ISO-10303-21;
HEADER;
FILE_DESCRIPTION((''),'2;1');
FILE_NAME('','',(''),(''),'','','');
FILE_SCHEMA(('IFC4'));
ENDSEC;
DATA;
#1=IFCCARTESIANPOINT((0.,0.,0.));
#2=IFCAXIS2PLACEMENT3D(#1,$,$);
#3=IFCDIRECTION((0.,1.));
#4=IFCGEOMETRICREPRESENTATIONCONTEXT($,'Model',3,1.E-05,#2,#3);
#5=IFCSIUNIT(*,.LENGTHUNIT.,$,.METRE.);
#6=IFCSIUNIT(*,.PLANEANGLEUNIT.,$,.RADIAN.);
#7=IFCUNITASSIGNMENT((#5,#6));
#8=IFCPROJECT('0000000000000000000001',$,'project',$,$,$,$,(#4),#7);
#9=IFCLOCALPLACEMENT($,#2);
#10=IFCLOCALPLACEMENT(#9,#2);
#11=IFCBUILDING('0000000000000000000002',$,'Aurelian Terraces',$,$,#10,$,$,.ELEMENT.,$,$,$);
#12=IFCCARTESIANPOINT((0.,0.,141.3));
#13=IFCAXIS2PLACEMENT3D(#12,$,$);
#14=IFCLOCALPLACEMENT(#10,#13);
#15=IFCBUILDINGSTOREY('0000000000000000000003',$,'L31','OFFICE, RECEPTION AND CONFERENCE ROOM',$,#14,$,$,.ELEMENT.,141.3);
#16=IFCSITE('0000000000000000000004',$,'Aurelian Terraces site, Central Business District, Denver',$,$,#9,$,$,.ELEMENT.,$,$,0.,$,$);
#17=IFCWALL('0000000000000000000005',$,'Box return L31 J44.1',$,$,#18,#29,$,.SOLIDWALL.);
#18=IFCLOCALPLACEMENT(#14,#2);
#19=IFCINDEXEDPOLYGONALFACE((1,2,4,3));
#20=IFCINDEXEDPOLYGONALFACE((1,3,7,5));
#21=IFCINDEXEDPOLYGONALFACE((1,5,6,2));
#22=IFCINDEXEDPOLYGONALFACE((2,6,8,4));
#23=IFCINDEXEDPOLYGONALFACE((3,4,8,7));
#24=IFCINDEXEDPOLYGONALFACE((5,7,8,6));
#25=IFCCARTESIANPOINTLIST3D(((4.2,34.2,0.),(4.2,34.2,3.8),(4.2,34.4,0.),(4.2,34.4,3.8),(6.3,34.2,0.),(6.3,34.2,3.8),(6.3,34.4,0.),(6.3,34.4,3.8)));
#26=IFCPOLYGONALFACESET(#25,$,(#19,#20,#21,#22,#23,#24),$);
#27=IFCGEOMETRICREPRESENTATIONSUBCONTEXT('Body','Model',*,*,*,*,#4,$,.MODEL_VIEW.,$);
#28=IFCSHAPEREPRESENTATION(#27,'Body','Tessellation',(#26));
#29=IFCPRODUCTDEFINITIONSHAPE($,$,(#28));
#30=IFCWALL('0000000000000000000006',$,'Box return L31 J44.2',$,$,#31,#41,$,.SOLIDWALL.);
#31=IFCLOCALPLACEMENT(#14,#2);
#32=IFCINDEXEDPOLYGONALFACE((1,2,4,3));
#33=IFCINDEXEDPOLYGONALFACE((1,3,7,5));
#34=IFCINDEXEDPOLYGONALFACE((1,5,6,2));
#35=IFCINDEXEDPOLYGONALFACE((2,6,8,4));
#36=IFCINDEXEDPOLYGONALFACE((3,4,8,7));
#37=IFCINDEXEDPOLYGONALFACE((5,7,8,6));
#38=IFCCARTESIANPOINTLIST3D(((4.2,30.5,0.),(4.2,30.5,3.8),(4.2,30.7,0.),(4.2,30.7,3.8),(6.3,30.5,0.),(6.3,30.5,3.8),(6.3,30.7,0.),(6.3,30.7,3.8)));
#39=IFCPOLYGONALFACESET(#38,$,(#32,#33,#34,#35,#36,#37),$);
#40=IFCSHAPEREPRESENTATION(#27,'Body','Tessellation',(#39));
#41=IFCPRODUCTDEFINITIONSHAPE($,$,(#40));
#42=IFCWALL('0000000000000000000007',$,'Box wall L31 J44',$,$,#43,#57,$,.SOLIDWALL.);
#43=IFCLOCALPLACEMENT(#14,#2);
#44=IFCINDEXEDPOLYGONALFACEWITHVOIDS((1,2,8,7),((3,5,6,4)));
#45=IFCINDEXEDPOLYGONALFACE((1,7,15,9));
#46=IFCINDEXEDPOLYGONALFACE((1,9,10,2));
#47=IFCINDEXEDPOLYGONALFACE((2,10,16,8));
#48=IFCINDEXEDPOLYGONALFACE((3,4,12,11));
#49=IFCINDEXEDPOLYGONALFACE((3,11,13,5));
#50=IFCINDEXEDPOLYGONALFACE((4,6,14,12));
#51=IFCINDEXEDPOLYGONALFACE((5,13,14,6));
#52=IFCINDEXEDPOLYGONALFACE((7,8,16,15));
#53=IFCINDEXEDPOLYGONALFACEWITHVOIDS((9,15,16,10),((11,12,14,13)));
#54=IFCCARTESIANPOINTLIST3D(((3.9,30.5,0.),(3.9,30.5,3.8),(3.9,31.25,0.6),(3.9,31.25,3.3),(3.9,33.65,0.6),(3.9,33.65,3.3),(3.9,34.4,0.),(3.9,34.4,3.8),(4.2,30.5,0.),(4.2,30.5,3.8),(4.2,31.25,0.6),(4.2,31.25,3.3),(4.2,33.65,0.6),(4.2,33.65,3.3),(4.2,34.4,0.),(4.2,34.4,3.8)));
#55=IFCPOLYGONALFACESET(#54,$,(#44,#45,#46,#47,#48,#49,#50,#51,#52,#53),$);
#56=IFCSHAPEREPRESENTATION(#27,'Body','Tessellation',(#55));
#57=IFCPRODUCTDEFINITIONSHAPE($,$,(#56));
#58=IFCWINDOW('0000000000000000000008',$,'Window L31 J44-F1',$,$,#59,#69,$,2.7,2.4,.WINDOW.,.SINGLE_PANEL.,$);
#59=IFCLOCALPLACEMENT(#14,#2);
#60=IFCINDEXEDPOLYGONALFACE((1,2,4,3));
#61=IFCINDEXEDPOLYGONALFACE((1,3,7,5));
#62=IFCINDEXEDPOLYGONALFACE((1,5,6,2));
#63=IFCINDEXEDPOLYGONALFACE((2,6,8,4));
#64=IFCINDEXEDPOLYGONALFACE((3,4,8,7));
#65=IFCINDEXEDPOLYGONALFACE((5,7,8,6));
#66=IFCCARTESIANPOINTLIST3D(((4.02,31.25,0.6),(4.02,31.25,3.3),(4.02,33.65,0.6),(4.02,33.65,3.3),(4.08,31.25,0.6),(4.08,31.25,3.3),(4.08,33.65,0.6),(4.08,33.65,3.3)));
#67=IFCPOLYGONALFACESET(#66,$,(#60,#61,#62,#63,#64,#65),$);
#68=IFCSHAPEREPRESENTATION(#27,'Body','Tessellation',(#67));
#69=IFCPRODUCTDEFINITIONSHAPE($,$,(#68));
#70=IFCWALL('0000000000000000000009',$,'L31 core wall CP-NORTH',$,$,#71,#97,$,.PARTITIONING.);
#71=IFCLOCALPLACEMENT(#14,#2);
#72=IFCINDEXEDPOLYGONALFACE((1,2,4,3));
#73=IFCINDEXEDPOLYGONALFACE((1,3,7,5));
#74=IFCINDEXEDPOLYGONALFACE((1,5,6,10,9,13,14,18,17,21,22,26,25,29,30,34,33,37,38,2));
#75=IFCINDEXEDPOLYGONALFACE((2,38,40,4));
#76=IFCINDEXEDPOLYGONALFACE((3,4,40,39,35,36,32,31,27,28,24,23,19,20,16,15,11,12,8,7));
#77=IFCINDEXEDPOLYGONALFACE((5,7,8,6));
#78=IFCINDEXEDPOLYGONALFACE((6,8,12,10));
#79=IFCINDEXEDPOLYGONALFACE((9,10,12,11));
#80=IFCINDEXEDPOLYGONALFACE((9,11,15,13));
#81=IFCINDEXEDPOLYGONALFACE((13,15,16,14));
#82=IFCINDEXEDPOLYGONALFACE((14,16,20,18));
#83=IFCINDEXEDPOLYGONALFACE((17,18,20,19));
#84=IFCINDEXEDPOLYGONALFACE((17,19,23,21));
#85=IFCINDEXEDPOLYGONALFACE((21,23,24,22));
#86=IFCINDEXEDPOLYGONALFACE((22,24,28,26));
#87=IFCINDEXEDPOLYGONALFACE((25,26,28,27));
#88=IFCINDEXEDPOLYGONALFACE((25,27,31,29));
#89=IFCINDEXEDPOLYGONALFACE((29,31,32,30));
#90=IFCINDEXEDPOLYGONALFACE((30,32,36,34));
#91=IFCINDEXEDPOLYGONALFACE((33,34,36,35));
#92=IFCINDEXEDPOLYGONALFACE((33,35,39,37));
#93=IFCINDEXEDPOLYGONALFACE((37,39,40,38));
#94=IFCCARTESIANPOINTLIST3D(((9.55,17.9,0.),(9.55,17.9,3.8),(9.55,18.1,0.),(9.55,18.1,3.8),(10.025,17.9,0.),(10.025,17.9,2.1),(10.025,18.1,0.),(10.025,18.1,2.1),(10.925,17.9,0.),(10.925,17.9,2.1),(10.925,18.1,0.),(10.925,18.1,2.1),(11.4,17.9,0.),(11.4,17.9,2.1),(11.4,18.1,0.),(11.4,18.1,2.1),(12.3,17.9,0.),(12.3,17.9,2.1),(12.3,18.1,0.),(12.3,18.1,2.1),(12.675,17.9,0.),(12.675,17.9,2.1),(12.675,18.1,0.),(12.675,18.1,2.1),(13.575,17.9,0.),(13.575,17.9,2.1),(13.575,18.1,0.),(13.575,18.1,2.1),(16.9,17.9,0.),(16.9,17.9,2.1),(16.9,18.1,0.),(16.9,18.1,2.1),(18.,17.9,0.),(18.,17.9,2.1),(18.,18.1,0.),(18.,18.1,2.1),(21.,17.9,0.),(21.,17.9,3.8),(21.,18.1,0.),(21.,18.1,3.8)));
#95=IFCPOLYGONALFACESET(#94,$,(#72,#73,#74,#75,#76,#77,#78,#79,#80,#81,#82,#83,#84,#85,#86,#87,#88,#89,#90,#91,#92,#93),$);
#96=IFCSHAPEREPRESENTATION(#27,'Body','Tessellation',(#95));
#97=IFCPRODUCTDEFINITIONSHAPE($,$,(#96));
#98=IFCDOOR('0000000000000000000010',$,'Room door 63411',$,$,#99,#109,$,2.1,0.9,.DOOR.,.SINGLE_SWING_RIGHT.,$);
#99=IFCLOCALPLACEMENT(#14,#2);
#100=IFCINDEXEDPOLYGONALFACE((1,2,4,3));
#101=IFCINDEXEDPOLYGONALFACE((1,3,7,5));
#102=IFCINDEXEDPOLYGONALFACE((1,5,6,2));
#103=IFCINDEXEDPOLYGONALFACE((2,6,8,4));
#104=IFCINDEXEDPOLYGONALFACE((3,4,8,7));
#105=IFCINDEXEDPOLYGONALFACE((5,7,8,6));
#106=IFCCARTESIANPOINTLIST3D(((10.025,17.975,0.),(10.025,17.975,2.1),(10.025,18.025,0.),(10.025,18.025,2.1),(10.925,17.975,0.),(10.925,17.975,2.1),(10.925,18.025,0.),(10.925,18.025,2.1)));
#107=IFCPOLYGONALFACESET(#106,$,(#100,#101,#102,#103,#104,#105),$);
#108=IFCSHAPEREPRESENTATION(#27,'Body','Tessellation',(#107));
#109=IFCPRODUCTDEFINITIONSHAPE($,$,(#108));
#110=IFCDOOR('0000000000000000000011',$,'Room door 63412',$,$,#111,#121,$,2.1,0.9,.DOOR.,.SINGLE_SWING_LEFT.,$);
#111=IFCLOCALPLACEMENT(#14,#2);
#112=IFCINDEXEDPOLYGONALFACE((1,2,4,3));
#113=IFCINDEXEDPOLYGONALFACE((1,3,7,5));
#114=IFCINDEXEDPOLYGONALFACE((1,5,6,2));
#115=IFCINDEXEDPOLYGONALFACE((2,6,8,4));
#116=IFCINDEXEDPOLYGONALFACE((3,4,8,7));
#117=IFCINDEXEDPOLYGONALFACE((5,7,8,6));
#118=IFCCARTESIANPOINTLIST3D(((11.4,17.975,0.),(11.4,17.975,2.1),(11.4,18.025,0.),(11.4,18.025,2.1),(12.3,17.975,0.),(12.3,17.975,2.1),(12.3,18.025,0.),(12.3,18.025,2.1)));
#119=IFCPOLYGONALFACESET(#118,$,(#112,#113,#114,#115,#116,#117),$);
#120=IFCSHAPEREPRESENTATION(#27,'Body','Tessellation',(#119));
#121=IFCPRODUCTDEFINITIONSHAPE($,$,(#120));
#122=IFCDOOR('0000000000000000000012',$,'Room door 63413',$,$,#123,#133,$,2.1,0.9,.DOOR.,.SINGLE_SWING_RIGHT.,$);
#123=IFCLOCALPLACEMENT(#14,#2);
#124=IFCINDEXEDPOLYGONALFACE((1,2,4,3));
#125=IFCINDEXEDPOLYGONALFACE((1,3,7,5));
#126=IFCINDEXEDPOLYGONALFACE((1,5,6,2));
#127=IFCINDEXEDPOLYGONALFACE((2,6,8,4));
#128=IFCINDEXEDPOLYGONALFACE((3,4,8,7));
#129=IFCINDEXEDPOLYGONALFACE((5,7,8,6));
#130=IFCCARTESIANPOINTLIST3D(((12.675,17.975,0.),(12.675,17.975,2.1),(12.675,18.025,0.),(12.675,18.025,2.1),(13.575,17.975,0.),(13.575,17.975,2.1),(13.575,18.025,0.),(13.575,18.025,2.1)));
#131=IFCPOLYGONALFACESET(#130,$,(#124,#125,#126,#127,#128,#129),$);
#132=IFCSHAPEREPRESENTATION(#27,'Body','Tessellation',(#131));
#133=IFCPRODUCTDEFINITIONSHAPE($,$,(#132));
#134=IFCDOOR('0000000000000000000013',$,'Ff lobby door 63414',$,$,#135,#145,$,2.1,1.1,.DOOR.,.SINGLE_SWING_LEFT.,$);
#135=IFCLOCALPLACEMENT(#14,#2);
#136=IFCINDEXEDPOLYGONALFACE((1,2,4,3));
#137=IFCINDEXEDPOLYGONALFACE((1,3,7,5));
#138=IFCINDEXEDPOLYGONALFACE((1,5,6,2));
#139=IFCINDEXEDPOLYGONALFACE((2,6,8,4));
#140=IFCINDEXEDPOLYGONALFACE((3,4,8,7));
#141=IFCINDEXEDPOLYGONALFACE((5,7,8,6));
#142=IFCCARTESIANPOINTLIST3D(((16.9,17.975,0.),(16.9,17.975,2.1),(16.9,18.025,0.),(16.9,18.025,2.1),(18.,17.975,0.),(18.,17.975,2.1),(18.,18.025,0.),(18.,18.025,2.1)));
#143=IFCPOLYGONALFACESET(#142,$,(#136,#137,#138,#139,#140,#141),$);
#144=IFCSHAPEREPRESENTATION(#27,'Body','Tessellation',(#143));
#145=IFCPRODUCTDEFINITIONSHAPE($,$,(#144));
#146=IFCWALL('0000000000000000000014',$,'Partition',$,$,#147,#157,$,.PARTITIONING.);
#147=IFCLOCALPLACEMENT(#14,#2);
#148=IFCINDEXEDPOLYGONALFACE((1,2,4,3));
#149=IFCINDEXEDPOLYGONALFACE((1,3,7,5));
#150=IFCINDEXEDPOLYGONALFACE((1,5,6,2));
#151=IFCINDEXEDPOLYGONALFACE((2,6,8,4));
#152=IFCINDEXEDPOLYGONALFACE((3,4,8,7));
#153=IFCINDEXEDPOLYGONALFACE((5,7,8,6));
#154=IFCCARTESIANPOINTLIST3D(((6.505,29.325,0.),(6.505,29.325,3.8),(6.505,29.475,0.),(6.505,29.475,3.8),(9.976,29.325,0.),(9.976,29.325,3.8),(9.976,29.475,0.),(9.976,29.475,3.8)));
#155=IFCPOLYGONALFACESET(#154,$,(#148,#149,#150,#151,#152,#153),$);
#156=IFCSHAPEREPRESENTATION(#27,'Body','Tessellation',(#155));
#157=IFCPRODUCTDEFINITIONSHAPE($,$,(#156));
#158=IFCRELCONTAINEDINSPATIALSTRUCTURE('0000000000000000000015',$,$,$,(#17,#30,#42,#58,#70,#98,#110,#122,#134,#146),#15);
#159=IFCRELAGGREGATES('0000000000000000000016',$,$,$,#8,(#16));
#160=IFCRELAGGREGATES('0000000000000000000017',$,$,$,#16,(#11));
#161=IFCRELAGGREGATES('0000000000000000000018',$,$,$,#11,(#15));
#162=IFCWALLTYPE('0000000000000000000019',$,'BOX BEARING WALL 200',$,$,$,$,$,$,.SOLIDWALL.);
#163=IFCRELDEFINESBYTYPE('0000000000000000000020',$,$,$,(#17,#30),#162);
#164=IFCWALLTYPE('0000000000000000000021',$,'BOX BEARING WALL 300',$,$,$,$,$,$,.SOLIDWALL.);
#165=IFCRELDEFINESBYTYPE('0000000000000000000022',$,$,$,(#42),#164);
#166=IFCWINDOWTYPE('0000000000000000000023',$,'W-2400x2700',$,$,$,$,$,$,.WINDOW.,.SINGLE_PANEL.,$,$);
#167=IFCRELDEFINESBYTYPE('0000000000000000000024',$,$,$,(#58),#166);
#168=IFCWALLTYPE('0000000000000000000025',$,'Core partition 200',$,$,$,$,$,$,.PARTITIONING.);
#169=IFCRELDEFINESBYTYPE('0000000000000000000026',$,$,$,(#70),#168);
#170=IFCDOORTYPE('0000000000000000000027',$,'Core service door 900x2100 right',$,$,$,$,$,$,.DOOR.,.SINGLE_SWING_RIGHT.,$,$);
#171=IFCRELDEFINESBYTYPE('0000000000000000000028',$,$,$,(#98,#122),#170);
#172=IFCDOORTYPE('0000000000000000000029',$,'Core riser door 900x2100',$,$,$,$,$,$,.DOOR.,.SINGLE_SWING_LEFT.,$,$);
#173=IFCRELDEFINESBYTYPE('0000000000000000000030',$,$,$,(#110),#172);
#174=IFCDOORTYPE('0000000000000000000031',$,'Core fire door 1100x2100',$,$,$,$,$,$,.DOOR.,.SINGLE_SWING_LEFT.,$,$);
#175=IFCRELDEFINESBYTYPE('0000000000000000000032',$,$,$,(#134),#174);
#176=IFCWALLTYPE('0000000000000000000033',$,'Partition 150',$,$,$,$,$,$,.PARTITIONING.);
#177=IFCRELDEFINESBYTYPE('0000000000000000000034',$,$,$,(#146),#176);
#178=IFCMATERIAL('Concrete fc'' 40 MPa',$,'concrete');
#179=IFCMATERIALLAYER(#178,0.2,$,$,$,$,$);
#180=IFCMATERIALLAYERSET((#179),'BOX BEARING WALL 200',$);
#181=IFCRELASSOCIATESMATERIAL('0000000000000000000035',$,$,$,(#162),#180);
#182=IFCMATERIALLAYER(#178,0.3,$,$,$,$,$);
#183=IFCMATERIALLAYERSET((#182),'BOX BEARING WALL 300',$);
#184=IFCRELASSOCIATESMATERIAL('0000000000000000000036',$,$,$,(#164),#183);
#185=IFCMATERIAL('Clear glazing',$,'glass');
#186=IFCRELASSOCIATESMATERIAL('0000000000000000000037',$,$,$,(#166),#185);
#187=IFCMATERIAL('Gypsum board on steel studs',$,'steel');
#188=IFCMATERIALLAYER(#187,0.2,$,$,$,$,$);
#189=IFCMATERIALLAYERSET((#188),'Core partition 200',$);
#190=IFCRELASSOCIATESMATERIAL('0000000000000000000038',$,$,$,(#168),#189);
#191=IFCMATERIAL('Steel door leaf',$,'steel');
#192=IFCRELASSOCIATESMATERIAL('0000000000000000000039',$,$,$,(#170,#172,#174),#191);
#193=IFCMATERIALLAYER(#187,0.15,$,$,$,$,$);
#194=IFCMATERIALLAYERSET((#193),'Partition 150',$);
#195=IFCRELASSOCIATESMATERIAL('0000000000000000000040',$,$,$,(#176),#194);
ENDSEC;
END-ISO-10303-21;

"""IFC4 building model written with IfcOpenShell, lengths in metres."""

from ifc_helpers import new_model, si_unit, direction, frame, frame_2d, origin, place, context, subcontext, project, spatial, rectangle, extrude, source, transform, mapped, material, layer, layer_set, type_object, element, fill, save


model = new_model("IFC4")

# Units and contexts
model_context = context("Model", 3, precision=1e-05, world=origin(), true_north=direction((0.0, 1.0)))
body_context = subcontext(model_context, "Body", "Model", "MODEL_VIEW")
ifc_project = project(units=[si_unit("LENGTHUNIT", "METRE"), si_unit("PLANEANGLEUNIT", "RADIAN")], contexts=[model_context])

# Site, building, storey
site_placement = place(None, origin())
site = spatial("IfcSite", under=ifc_project, at=site_placement, Name="Aurelian Terraces site, Central Business District, Denver", CompositionType="ELEMENT", RefElevation=0.0)
building_placement = place(site_placement, origin())
building = spatial("IfcBuilding", under=site, at=building_placement, Name="Aurelian Terraces", CompositionType="ELEMENT")
storey_placement = place(building_placement, frame((0.0, 0.0, 141.3)))
storey = spatial("IfcBuildingStorey", under=building, at=storey_placement, Name="L31", Description="OFFICE, RECEPTION AND CONFERENCE ROOM", CompositionType="ELEMENT", Elevation=141.3)

# Shared definitions
ifc_material_1 = material(Name="Steel door leaf", Category="steel")
ifc_material_2 = material(Name="Clear glazing", Category="glass")

# Walls
ifc_material_3 = material(Name="Concrete fc' 40 MPa", Category="concrete")
ifc_layer_1 = layer(ifc_material_3, 0.2)
ifc_layer_set_1 = layer_set([ifc_layer_1], Name="BOX BEARING WALL 200")
wall_type_1 = type_object("IfcWallType", Name="BOX BEARING WALL 200", PredefinedType="SOLIDWALL", material=ifc_layer_set_1)
shared_shape_1 = source(origin(), body_context, "Body", "SweptSolid", [
    extrude(rectangle(XDim=2.1, YDim=0.2, at=frame_2d((1.05, 0.0))), origin(), (0.0, 0.0, 1.0), 3.8),
])
for number, where, z_axis, x_axis, name in (
    (1, (6.3, 34.3, 0.0), (0.0, 0.0, 1.0), (-1.0, 0.0, 0.0), "Box return L31 J44.1"),
    (2, (6.3, 30.6, 0.0), (0.0, 0.0, 1.0), (-1.0, 0.0, 0.0), "Box return L31 J44.2"),
):
    element("IfcWall", number, at=place(storey_placement, frame(where, z_axis=z_axis, x_axis=x_axis)), inside=storey, type_object=wall_type_1, Name=name, PredefinedType="SOLIDWALL", context=body_context, shape_type="MappedRepresentation", body=[
        mapped(shared_shape_1, transform((0.0, 0.0, 0.0), scale=1.0)),
    ])

# Wall, opening, window
ifc_layer_2 = layer(ifc_material_3, 0.3)
ifc_layer_set_2 = layer_set([ifc_layer_2], Name="BOX BEARING WALL 300")
wall_type_2 = type_object("IfcWallType", Name="BOX BEARING WALL 300", PredefinedType="SOLIDWALL", material=ifc_layer_set_2)
shared_shape_2 = source(origin(), body_context, "Body", "SweptSolid", [
    extrude(rectangle(XDim=3.9, YDim=0.3, at=frame_2d((1.95, 0.0))), origin(), (0.0, 0.0, 1.0), 3.8),
])
wall_1_placement = place(storey_placement, frame((4.05, 34.4, 0.0), z_axis=(0.0, 0.0, 1.0), x_axis=(0.0, -1.0, 0.0)))
wall_1 = element("IfcWall", 3, at=wall_1_placement, inside=storey, type_object=wall_type_2, Name="Box wall L31 J44", PredefinedType="SOLIDWALL", context=body_context, shape_type="MappedRepresentation", body=[
    mapped(shared_shape_2, transform((0.0, 0.0, 0.0), scale=1.0)),
])
shared_shape_3 = source(origin(), body_context, "Body", "SweptSolid", [
    extrude(rectangle(XDim=2.4, YDim=2.7, at=frame_2d((1.2, 1.35))), frame((0.0, 0.16, 0.0), z_axis=(0.0, -1.0, 0.0), x_axis=(1.0, 0.0, 0.0)), (0.0, 0.0, 1.0), 0.32),
])
opening_1_placement = place(wall_1_placement, frame((0.75, 0.0, 0.6)))
opening_1 = element("IfcOpeningElement", 4, at=opening_1_placement, cuts=wall_1, PredefinedType="OPENING", context=body_context, shape_type="MappedRepresentation", body=[
    mapped(shared_shape_3, transform((0.0, 0.0, 0.0), scale=1.0)),
])
window_type_1 = type_object("IfcWindowType", Name="W-2400x2700", PartitioningType="SINGLE_PANEL", PredefinedType="WINDOW", material=ifc_material_2)
shared_shape_4 = source(origin(), body_context, "Body", "SweptSolid", [
    extrude(rectangle(XDim=2.4, YDim=2.7, at=frame_2d((1.2, 1.35))), frame((0.0, 0.03, 0.0), z_axis=(0.0, -1.0, 0.0), x_axis=(1.0, 0.0, 0.0)), (0.0, 0.0, 1.0), 0.06),
])
window_1_placement = place(opening_1_placement, origin())
window_1 = element("IfcWindow", 5, at=window_1_placement, inside=storey, type_object=window_type_1, Name="Window L31 J44-F1", OverallHeight=2.7, OverallWidth=2.4, PartitioningType="SINGLE_PANEL", PredefinedType="WINDOW", context=body_context, shape_type="MappedRepresentation", body=[
    mapped(shared_shape_4, transform((0.0, 0.0, 0.0), scale=1.0)),
])
fill(opening_1, window_1)

# Wall, openings, doors
ifc_material_4 = material(Name="Gypsum board on steel studs", Category="steel")
ifc_layer_3 = layer(ifc_material_4, 0.2)
ifc_layer_set_3 = layer_set([ifc_layer_3], Name="Core partition 200")
wall_type_3 = type_object("IfcWallType", Name="Core partition 200", PredefinedType="PARTITIONING", material=ifc_layer_set_3)
shared_shape_5 = source(origin(), body_context, "Body", "SweptSolid", [
    extrude(rectangle(XDim=11.45, YDim=0.2, at=frame_2d((5.725, 0.0))), origin(), (0.0, 0.0, 1.0), 3.8),
])
wall_2_placement = place(storey_placement, frame((9.55, 18.0, 0.0), z_axis=(0.0, 0.0, 1.0), x_axis=(1.0, 0.0, 0.0)))
wall_2 = element("IfcWall", 6, at=wall_2_placement, inside=storey, type_object=wall_type_3, Name="L31 core wall CP-NORTH", PredefinedType="PARTITIONING", context=body_context, shape_type="MappedRepresentation", body=[
    mapped(shared_shape_5, transform((0.0, 0.0, 0.0), scale=1.0)),
])
shared_shape_6 = source(origin(), body_context, "Body", "SweptSolid", [
    extrude(rectangle(XDim=0.9, YDim=2.1, at=frame_2d((0.45, 1.05))), frame((0.0, 0.11, 0.0), z_axis=(0.0, -1.0, 0.0), x_axis=(1.0, 0.0, 0.0)), (0.0, 0.0, 1.0), 0.22),
])
opening_2_placement = place(wall_2_placement, frame((0.475, 0.0, 0.0)))
opening_2 = element("IfcOpeningElement", 7, at=opening_2_placement, cuts=wall_2, PredefinedType="OPENING", context=body_context, shape_type="MappedRepresentation", body=[
    mapped(shared_shape_6, transform((0.0, 0.0, 0.0), scale=1.0)),
])
opening_3_placement = place(wall_2_placement, frame((1.85, 0.0, 0.0)))
opening_3 = element("IfcOpeningElement", 8, at=opening_3_placement, cuts=wall_2, PredefinedType="OPENING", context=body_context, shape_type="MappedRepresentation", body=[
    mapped(shared_shape_6, transform((0.0, 0.0, 0.0), scale=1.0)),
])
opening_4_placement = place(wall_2_placement, frame((3.125, 0.0, 0.0)))
opening_4 = element("IfcOpeningElement", 9, at=opening_4_placement, cuts=wall_2, PredefinedType="OPENING", context=body_context, shape_type="MappedRepresentation", body=[
    mapped(shared_shape_6, transform((0.0, 0.0, 0.0), scale=1.0)),
])
shared_shape_7 = source(origin(), body_context, "Body", "SweptSolid", [
    extrude(rectangle(XDim=1.1, YDim=2.1, at=frame_2d((0.55, 1.05))), frame((0.0, 0.11, 0.0), z_axis=(0.0, -1.0, 0.0), x_axis=(1.0, 0.0, 0.0)), (0.0, 0.0, 1.0), 0.22),
])
opening_5_placement = place(wall_2_placement, frame((7.35, 0.0, 0.0)))
opening_5 = element("IfcOpeningElement", 10, at=opening_5_placement, cuts=wall_2, PredefinedType="OPENING", context=body_context, shape_type="MappedRepresentation", body=[
    mapped(shared_shape_7, transform((0.0, 0.0, 0.0), scale=1.0)),
])
door_type_1 = type_object("IfcDoorType", Name="Core service door 900x2100 right", OperationType="SINGLE_SWING_RIGHT", PredefinedType="DOOR", material=ifc_material_1)
shared_shape_8 = source(origin(), body_context, "Body", "SweptSolid", [
    extrude(rectangle(XDim=0.9, YDim=2.1, at=frame_2d((0.45, 1.05))), frame((0.0, 0.025, 0.0), z_axis=(0.0, -1.0, 0.0), x_axis=(1.0, 0.0, 0.0)), (0.0, 0.0, 1.0), 0.05),
])
door_1_placement = place(opening_2_placement, origin())
door_1 = element("IfcDoor", 11, at=door_1_placement, inside=storey, type_object=door_type_1, Name="Room door 63411", OperationType="SINGLE_SWING_RIGHT", OverallHeight=2.1, OverallWidth=0.9, PredefinedType="DOOR", context=body_context, shape_type="MappedRepresentation", body=[
    mapped(shared_shape_8, transform((0.0, 0.0, 0.0), scale=1.0)),
])
fill(opening_2, door_1)
door_type_2 = type_object("IfcDoorType", Name="Core riser door 900x2100", OperationType="SINGLE_SWING_LEFT", PredefinedType="DOOR", material=ifc_material_1)
door_2_placement = place(opening_3_placement, origin())
door_2 = element("IfcDoor", 12, at=door_2_placement, inside=storey, type_object=door_type_2, Name="Room door 63412", OperationType="SINGLE_SWING_LEFT", OverallHeight=2.1, OverallWidth=0.9, PredefinedType="DOOR", context=body_context, shape_type="MappedRepresentation", body=[
    mapped(shared_shape_8, transform((0.0, 0.0, 0.0), scale=1.0)),
])
fill(opening_3, door_2)
door_3_placement = place(opening_4_placement, origin())
door_3 = element("IfcDoor", 13, at=door_3_placement, inside=storey, type_object=door_type_1, Name="Room door 63413", OperationType="SINGLE_SWING_RIGHT", OverallHeight=2.1, OverallWidth=0.9, PredefinedType="DOOR", context=body_context, shape_type="MappedRepresentation", body=[
    mapped(shared_shape_8, transform((0.0, 0.0, 0.0), scale=1.0)),
])
fill(opening_4, door_3)
door_type_3 = type_object("IfcDoorType", Name="Core fire door 1100x2100", OperationType="SINGLE_SWING_LEFT", PredefinedType="DOOR", material=ifc_material_1)
shared_shape_9 = source(origin(), body_context, "Body", "SweptSolid", [
    extrude(rectangle(XDim=1.1, YDim=2.1, at=frame_2d((0.55, 1.05))), frame((0.0, 0.025, 0.0), z_axis=(0.0, -1.0, 0.0), x_axis=(1.0, 0.0, 0.0)), (0.0, 0.0, 1.0), 0.05),
])
door_4_placement = place(opening_5_placement, origin())
door_4 = element("IfcDoor", 14, at=door_4_placement, inside=storey, type_object=door_type_3, Name="Ff lobby door 63414", OperationType="SINGLE_SWING_LEFT", OverallHeight=2.1, OverallWidth=1.1, PredefinedType="DOOR", context=body_context, shape_type="MappedRepresentation", body=[
    mapped(shared_shape_9, transform((0.0, 0.0, 0.0), scale=1.0)),
])
fill(opening_5, door_4)

# Wall
ifc_layer_4 = layer(ifc_material_4, 0.15)
ifc_layer_set_4 = layer_set([ifc_layer_4], Name="Partition 150")
wall_type_4 = type_object("IfcWallType", Name="Partition 150", PredefinedType="PARTITIONING", material=ifc_layer_set_4)
shared_shape_10 = source(origin(), body_context, "Body", "SweptSolid", [
    extrude(rectangle(XDim=3.471, YDim=0.15, at=frame_2d((1.7355, 0.0))), origin(), (0.0, 0.0, 1.0), 3.8),
])
for number, where, z_axis, x_axis, name in (
    (15, (9.976, 29.4, 0.0), (0.0, 0.0, 1.0), (-1.0, 0.0, 0.0), "Partition"),
):
    element("IfcWall", number, at=place(storey_placement, frame(where, z_axis=z_axis, x_axis=x_axis)), inside=storey, type_object=wall_type_4, Name=name, PredefinedType="PARTITIONING", context=body_context, shape_type="MappedRepresentation", body=[
        mapped(shared_shape_10, transform((0.0, 0.0, 0.0), scale=1.0)),
    ])

save(model, "model.ifc")
